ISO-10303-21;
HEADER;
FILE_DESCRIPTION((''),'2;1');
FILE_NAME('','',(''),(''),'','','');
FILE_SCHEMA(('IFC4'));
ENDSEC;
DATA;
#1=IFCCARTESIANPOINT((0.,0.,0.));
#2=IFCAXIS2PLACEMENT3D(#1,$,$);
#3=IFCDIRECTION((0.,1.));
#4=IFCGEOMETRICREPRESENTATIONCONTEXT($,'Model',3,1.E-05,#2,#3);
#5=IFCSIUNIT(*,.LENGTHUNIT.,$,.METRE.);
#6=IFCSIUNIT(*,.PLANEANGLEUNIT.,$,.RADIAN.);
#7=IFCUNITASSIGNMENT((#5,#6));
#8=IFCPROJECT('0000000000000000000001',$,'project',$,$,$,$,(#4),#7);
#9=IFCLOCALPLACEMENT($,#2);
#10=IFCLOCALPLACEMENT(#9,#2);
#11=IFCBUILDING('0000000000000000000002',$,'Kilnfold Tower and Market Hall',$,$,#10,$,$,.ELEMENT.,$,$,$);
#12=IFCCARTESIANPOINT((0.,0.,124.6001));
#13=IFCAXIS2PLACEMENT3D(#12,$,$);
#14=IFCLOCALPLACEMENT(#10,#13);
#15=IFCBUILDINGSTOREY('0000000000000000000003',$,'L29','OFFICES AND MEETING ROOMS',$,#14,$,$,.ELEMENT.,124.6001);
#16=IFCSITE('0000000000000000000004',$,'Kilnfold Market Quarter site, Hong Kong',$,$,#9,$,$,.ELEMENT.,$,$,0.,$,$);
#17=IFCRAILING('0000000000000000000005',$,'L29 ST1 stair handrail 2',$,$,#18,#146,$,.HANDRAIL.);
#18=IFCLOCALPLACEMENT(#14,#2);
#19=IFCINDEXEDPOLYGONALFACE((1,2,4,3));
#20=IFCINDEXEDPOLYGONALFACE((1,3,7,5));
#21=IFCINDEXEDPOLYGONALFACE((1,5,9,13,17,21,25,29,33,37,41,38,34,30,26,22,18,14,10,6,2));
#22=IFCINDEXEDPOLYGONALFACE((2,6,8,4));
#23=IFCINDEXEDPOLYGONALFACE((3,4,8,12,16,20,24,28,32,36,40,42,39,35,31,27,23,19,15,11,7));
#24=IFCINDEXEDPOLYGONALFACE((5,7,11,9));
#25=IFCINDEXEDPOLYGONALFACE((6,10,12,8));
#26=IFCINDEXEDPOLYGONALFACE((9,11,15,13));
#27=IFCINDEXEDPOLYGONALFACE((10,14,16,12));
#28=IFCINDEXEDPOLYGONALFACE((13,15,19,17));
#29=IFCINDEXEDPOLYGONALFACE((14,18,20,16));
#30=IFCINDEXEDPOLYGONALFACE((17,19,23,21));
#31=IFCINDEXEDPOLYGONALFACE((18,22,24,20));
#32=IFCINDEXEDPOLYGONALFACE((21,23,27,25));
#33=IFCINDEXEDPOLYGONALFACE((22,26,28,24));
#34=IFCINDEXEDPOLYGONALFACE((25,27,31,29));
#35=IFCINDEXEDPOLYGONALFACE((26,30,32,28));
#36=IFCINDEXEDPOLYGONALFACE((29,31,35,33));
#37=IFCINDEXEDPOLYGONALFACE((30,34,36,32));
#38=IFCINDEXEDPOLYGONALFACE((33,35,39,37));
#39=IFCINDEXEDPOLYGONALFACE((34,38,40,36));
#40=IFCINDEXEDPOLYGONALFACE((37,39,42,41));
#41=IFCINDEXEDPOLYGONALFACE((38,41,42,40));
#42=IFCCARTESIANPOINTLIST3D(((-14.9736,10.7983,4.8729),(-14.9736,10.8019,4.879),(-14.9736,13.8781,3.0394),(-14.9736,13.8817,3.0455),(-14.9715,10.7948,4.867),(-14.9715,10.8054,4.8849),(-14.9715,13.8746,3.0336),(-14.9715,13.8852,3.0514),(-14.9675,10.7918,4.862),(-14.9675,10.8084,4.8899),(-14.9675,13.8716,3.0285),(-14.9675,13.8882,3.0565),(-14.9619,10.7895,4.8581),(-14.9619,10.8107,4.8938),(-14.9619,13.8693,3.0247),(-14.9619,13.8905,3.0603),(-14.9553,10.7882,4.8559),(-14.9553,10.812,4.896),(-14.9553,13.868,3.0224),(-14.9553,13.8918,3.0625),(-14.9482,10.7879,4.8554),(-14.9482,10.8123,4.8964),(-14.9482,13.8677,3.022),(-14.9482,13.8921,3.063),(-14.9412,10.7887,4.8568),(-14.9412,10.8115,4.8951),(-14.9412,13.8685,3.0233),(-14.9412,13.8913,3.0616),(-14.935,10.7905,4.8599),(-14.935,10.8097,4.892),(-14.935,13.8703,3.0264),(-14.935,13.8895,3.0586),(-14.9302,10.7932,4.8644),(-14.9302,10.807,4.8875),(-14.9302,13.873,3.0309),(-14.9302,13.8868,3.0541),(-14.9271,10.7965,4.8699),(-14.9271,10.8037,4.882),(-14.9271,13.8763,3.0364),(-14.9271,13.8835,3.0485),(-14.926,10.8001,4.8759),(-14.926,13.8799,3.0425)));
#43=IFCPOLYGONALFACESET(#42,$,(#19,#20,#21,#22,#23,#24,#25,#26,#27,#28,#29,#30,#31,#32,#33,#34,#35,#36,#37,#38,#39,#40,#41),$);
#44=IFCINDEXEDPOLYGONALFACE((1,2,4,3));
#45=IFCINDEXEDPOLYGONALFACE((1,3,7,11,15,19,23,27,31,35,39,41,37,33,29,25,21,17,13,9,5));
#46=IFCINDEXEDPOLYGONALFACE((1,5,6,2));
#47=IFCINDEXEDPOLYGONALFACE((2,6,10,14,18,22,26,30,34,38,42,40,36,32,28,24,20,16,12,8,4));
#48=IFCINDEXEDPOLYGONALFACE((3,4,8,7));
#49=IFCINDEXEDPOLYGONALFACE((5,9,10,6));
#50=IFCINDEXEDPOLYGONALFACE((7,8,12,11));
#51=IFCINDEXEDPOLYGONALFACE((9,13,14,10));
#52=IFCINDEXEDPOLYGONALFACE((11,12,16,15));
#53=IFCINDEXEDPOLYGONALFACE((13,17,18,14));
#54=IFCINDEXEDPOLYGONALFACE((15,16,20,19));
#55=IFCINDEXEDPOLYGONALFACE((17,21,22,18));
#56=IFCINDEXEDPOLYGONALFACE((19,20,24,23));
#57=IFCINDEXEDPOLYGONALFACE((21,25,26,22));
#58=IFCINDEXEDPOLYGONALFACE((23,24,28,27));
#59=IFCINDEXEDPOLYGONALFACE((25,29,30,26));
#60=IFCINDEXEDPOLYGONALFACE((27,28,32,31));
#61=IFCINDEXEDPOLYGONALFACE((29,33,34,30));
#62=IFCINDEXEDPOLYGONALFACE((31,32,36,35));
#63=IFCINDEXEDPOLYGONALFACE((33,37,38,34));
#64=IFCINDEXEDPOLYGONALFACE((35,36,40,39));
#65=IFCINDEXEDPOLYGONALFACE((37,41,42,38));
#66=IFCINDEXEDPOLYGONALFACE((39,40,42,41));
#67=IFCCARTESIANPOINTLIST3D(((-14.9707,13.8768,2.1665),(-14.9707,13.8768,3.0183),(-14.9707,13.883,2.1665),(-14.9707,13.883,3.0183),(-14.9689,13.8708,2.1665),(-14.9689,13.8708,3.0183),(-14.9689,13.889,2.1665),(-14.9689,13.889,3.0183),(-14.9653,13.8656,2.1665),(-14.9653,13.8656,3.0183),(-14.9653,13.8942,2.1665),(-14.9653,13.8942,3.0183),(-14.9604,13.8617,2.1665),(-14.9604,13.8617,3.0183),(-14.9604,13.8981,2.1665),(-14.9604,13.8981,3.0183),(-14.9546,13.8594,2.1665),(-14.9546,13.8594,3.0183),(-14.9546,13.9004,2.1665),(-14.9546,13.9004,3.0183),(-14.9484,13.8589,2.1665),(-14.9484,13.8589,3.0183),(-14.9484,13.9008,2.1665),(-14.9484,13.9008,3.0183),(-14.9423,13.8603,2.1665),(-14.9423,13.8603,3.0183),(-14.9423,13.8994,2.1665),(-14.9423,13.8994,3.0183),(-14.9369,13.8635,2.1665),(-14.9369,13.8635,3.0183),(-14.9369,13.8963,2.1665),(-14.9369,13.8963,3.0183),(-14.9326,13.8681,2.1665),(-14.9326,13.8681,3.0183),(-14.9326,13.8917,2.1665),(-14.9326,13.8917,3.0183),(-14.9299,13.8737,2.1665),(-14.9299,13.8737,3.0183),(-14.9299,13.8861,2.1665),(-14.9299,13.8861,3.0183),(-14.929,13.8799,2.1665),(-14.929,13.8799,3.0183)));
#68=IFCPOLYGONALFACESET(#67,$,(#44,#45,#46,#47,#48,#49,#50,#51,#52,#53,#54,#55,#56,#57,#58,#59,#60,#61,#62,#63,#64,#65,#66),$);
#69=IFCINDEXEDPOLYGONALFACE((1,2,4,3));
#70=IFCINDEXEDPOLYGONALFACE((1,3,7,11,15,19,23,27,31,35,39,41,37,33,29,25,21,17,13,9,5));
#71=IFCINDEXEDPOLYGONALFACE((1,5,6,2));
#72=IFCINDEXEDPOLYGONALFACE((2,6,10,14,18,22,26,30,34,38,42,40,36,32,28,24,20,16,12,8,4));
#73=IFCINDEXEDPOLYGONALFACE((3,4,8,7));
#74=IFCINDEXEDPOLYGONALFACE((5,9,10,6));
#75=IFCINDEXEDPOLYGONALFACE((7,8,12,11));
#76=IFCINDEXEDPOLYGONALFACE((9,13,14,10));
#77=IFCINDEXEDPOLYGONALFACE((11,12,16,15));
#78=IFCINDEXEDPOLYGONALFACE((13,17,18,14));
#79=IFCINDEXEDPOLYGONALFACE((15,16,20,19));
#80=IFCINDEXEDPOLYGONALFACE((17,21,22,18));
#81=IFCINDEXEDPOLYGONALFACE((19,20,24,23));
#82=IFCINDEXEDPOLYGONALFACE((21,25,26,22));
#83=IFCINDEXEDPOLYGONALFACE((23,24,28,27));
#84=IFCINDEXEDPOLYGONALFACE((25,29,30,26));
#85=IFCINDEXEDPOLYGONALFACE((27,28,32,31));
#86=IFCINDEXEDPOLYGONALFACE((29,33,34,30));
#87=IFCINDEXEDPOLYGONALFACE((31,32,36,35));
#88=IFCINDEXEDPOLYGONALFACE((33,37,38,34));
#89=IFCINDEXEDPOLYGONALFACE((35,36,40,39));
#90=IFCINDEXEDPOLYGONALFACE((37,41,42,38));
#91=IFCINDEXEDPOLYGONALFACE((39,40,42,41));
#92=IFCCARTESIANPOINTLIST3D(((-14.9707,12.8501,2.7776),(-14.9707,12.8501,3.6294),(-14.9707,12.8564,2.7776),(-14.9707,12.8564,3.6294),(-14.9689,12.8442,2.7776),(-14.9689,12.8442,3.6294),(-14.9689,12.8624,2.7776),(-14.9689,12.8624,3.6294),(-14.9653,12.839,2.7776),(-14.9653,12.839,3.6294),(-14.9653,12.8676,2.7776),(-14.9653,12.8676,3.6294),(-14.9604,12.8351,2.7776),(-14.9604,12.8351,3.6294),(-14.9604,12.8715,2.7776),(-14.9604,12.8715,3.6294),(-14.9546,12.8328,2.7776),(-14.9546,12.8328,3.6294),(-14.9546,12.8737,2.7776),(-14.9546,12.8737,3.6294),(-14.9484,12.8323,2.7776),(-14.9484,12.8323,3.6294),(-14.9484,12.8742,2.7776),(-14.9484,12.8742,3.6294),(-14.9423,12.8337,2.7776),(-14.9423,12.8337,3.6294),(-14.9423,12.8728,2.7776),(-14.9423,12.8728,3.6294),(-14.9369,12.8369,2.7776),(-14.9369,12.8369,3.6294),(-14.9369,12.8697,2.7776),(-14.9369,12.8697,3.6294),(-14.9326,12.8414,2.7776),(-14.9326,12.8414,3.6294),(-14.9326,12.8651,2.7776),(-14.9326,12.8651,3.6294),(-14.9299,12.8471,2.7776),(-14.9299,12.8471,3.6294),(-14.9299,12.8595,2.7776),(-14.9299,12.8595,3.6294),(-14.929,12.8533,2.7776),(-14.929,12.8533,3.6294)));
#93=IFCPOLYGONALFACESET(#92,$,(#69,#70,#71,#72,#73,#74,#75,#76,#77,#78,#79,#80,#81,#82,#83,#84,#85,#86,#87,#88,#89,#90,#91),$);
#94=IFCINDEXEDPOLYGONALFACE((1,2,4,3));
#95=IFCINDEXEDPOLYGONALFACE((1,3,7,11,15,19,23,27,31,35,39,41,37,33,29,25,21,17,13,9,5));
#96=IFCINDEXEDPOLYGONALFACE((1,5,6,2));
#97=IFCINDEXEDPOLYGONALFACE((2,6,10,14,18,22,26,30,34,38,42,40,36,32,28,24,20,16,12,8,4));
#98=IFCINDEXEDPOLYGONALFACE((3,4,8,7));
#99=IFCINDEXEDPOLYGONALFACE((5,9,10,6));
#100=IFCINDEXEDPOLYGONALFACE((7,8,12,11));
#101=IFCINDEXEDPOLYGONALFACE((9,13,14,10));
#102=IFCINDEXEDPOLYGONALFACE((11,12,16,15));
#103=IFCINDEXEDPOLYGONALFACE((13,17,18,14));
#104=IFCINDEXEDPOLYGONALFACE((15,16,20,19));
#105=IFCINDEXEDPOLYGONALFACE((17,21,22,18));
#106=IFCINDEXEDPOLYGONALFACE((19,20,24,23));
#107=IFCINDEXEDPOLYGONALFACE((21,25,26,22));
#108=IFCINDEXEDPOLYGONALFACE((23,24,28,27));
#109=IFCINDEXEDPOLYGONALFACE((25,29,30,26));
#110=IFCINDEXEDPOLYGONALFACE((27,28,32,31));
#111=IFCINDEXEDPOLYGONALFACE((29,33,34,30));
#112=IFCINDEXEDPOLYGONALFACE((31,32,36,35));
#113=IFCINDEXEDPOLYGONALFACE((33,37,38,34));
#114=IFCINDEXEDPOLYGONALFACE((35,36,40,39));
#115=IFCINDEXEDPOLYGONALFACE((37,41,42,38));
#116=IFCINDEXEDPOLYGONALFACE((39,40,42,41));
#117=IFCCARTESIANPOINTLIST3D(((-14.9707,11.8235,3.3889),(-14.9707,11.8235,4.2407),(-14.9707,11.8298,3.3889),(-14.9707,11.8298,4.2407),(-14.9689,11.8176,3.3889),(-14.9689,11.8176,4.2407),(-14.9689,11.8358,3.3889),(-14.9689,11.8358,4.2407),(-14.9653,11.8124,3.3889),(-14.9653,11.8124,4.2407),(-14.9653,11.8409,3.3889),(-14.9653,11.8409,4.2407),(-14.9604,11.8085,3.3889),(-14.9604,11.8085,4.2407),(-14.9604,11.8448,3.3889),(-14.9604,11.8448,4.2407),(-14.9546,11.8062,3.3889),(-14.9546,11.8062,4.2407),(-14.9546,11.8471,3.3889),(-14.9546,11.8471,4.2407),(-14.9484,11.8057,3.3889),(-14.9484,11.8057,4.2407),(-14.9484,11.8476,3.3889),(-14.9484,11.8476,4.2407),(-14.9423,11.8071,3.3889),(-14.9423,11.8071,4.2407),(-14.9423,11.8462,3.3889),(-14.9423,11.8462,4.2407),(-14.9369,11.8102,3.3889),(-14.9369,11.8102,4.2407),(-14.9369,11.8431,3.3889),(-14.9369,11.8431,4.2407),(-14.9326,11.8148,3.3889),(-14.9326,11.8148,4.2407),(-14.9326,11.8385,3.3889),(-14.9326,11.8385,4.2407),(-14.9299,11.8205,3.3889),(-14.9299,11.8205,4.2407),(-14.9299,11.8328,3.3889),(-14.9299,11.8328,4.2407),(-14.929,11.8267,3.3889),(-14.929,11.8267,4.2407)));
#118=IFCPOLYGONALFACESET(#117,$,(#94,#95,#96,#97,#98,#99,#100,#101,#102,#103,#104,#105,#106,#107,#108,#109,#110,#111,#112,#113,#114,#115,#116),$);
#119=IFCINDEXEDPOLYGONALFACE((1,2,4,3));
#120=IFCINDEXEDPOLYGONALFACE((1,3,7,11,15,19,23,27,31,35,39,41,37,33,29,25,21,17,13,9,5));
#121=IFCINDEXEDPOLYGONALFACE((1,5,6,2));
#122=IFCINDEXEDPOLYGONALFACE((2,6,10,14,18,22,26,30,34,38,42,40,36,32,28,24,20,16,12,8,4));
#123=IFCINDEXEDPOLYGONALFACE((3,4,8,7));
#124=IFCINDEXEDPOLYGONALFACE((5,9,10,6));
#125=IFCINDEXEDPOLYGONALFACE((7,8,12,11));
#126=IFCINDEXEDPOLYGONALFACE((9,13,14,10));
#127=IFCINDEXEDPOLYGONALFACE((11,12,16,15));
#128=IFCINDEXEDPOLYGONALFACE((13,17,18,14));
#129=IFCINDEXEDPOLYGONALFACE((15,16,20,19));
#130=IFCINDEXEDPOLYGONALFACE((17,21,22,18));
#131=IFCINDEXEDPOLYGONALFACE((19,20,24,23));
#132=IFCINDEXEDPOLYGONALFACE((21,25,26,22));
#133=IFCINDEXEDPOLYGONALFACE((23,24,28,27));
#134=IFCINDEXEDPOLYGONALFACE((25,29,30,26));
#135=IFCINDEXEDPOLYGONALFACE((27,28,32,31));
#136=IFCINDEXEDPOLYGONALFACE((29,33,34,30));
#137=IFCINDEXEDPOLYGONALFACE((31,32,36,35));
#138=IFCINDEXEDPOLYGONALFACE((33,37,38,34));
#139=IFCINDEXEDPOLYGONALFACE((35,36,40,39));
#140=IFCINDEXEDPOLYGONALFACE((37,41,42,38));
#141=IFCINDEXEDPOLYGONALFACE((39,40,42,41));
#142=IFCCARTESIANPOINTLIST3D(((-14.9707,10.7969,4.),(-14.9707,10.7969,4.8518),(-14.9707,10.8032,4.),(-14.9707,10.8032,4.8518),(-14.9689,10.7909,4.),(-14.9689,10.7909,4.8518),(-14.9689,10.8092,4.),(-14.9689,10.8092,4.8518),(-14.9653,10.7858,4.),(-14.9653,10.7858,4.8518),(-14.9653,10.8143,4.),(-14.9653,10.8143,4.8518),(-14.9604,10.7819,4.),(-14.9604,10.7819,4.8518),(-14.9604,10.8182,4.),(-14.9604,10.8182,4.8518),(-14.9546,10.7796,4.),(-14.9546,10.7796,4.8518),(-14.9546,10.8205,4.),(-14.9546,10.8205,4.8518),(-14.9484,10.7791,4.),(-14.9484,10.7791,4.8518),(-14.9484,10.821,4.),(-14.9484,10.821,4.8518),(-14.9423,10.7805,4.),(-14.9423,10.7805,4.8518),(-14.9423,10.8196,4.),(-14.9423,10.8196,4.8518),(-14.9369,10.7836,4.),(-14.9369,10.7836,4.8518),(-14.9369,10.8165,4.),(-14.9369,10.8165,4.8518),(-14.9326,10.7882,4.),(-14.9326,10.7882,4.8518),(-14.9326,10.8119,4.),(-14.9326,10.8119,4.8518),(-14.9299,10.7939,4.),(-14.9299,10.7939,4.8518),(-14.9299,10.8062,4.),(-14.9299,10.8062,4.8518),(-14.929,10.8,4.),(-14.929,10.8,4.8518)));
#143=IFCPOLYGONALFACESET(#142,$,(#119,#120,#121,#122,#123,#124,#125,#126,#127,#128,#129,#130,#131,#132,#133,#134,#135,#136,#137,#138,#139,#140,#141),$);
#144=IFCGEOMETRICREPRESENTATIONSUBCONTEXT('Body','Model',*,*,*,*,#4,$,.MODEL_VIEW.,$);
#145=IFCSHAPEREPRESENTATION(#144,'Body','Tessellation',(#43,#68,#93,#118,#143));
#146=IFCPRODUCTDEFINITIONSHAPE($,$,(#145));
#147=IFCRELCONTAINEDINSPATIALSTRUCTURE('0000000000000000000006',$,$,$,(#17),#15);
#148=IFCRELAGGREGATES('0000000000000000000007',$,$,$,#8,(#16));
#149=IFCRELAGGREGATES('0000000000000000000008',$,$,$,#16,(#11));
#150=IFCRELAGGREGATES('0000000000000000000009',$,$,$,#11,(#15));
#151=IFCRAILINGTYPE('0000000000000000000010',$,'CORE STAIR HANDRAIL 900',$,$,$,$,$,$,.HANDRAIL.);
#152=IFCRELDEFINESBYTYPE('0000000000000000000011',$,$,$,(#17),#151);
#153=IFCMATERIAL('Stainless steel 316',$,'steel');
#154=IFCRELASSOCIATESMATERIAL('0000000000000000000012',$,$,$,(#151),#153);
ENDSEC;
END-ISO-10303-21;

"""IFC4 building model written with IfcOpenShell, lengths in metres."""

from ifc_helpers import new_model, si_unit, direction, frame, origin, origin_2d, place, context, subcontext, project, spatial, circle, extrude, material, type_object, element, save


model = new_model("IFC4")

# Units and contexts
model_context = context("Model", 3, precision=1e-05, world=origin(), true_north=direction((0.0, 1.0)))
body_context = subcontext(model_context, "Body", "Model", "MODEL_VIEW")
ifc_project = project(units=[si_unit("LENGTHUNIT", "METRE"), si_unit("PLANEANGLEUNIT", "RADIAN")], contexts=[model_context])

# Site, building, storey
site_placement = place(None, origin())
site = spatial("IfcSite", under=ifc_project, at=site_placement, Name="Kilnfold Market Quarter site, Hong Kong", CompositionType="ELEMENT", RefElevation=0.0)
building_placement = place(site_placement, origin())
building = spatial("IfcBuilding", under=site, at=building_placement, Name="Kilnfold Tower and Market Hall", CompositionType="ELEMENT")
storey_placement = place(building_placement, frame((0.0, 0.0, 124.6001)))
storey = spatial("IfcBuildingStorey", under=building, at=storey_placement, Name="L29", Description="OFFICES AND MEETING ROOMS", CompositionType="ELEMENT", Elevation=124.6001)

# Railing
ifc_material_1 = material(Name="Stainless steel 316", Category="steel")
railing_type_1 = type_object("IfcRailingType", Name="CORE STAIR HANDRAIL 900", PredefinedType="HANDRAIL", material=ifc_material_1)
railing_1_placement = place(storey_placement, frame((-14.95, 13.8799, 2.1665)))
element("IfcRailing", 1, at=railing_1_placement, inside=storey, type_object=railing_type_1, Name="L29 ST1 stair handrail 2", PredefinedType="HANDRAIL", context=body_context, shape_type="SweptSolid", body=[
    extrude(circle(Radius=0.0239, at=origin_2d()), frame((0.0, 0.0, 0.876), z_axis=(0.0, -0.859261, 0.511538), x_axis=(1.0, 0.0, 0.0)), (0.0, 0.0, 1.0), 3.5842),
    extrude(circle(Radius=0.021, at=origin_2d()), origin(), (0.0, 0.0, 1.0), 0.8518),
    extrude(circle(Radius=0.021, at=origin_2d()), frame((0.0, -1.0266, 0.6111)), (0.0, 0.0, 1.0), 0.8518),
    extrude(circle(Radius=0.021, at=origin_2d()), frame((0.0, -2.0532, 1.2224)), (0.0, 0.0, 1.0), 0.8518),
    extrude(circle(Radius=0.021, at=origin_2d()), frame((0.0, -3.0798, 1.8335)), (0.0, 0.0, 1.0), 0.8518),
])

save(model, "model.ifc")
